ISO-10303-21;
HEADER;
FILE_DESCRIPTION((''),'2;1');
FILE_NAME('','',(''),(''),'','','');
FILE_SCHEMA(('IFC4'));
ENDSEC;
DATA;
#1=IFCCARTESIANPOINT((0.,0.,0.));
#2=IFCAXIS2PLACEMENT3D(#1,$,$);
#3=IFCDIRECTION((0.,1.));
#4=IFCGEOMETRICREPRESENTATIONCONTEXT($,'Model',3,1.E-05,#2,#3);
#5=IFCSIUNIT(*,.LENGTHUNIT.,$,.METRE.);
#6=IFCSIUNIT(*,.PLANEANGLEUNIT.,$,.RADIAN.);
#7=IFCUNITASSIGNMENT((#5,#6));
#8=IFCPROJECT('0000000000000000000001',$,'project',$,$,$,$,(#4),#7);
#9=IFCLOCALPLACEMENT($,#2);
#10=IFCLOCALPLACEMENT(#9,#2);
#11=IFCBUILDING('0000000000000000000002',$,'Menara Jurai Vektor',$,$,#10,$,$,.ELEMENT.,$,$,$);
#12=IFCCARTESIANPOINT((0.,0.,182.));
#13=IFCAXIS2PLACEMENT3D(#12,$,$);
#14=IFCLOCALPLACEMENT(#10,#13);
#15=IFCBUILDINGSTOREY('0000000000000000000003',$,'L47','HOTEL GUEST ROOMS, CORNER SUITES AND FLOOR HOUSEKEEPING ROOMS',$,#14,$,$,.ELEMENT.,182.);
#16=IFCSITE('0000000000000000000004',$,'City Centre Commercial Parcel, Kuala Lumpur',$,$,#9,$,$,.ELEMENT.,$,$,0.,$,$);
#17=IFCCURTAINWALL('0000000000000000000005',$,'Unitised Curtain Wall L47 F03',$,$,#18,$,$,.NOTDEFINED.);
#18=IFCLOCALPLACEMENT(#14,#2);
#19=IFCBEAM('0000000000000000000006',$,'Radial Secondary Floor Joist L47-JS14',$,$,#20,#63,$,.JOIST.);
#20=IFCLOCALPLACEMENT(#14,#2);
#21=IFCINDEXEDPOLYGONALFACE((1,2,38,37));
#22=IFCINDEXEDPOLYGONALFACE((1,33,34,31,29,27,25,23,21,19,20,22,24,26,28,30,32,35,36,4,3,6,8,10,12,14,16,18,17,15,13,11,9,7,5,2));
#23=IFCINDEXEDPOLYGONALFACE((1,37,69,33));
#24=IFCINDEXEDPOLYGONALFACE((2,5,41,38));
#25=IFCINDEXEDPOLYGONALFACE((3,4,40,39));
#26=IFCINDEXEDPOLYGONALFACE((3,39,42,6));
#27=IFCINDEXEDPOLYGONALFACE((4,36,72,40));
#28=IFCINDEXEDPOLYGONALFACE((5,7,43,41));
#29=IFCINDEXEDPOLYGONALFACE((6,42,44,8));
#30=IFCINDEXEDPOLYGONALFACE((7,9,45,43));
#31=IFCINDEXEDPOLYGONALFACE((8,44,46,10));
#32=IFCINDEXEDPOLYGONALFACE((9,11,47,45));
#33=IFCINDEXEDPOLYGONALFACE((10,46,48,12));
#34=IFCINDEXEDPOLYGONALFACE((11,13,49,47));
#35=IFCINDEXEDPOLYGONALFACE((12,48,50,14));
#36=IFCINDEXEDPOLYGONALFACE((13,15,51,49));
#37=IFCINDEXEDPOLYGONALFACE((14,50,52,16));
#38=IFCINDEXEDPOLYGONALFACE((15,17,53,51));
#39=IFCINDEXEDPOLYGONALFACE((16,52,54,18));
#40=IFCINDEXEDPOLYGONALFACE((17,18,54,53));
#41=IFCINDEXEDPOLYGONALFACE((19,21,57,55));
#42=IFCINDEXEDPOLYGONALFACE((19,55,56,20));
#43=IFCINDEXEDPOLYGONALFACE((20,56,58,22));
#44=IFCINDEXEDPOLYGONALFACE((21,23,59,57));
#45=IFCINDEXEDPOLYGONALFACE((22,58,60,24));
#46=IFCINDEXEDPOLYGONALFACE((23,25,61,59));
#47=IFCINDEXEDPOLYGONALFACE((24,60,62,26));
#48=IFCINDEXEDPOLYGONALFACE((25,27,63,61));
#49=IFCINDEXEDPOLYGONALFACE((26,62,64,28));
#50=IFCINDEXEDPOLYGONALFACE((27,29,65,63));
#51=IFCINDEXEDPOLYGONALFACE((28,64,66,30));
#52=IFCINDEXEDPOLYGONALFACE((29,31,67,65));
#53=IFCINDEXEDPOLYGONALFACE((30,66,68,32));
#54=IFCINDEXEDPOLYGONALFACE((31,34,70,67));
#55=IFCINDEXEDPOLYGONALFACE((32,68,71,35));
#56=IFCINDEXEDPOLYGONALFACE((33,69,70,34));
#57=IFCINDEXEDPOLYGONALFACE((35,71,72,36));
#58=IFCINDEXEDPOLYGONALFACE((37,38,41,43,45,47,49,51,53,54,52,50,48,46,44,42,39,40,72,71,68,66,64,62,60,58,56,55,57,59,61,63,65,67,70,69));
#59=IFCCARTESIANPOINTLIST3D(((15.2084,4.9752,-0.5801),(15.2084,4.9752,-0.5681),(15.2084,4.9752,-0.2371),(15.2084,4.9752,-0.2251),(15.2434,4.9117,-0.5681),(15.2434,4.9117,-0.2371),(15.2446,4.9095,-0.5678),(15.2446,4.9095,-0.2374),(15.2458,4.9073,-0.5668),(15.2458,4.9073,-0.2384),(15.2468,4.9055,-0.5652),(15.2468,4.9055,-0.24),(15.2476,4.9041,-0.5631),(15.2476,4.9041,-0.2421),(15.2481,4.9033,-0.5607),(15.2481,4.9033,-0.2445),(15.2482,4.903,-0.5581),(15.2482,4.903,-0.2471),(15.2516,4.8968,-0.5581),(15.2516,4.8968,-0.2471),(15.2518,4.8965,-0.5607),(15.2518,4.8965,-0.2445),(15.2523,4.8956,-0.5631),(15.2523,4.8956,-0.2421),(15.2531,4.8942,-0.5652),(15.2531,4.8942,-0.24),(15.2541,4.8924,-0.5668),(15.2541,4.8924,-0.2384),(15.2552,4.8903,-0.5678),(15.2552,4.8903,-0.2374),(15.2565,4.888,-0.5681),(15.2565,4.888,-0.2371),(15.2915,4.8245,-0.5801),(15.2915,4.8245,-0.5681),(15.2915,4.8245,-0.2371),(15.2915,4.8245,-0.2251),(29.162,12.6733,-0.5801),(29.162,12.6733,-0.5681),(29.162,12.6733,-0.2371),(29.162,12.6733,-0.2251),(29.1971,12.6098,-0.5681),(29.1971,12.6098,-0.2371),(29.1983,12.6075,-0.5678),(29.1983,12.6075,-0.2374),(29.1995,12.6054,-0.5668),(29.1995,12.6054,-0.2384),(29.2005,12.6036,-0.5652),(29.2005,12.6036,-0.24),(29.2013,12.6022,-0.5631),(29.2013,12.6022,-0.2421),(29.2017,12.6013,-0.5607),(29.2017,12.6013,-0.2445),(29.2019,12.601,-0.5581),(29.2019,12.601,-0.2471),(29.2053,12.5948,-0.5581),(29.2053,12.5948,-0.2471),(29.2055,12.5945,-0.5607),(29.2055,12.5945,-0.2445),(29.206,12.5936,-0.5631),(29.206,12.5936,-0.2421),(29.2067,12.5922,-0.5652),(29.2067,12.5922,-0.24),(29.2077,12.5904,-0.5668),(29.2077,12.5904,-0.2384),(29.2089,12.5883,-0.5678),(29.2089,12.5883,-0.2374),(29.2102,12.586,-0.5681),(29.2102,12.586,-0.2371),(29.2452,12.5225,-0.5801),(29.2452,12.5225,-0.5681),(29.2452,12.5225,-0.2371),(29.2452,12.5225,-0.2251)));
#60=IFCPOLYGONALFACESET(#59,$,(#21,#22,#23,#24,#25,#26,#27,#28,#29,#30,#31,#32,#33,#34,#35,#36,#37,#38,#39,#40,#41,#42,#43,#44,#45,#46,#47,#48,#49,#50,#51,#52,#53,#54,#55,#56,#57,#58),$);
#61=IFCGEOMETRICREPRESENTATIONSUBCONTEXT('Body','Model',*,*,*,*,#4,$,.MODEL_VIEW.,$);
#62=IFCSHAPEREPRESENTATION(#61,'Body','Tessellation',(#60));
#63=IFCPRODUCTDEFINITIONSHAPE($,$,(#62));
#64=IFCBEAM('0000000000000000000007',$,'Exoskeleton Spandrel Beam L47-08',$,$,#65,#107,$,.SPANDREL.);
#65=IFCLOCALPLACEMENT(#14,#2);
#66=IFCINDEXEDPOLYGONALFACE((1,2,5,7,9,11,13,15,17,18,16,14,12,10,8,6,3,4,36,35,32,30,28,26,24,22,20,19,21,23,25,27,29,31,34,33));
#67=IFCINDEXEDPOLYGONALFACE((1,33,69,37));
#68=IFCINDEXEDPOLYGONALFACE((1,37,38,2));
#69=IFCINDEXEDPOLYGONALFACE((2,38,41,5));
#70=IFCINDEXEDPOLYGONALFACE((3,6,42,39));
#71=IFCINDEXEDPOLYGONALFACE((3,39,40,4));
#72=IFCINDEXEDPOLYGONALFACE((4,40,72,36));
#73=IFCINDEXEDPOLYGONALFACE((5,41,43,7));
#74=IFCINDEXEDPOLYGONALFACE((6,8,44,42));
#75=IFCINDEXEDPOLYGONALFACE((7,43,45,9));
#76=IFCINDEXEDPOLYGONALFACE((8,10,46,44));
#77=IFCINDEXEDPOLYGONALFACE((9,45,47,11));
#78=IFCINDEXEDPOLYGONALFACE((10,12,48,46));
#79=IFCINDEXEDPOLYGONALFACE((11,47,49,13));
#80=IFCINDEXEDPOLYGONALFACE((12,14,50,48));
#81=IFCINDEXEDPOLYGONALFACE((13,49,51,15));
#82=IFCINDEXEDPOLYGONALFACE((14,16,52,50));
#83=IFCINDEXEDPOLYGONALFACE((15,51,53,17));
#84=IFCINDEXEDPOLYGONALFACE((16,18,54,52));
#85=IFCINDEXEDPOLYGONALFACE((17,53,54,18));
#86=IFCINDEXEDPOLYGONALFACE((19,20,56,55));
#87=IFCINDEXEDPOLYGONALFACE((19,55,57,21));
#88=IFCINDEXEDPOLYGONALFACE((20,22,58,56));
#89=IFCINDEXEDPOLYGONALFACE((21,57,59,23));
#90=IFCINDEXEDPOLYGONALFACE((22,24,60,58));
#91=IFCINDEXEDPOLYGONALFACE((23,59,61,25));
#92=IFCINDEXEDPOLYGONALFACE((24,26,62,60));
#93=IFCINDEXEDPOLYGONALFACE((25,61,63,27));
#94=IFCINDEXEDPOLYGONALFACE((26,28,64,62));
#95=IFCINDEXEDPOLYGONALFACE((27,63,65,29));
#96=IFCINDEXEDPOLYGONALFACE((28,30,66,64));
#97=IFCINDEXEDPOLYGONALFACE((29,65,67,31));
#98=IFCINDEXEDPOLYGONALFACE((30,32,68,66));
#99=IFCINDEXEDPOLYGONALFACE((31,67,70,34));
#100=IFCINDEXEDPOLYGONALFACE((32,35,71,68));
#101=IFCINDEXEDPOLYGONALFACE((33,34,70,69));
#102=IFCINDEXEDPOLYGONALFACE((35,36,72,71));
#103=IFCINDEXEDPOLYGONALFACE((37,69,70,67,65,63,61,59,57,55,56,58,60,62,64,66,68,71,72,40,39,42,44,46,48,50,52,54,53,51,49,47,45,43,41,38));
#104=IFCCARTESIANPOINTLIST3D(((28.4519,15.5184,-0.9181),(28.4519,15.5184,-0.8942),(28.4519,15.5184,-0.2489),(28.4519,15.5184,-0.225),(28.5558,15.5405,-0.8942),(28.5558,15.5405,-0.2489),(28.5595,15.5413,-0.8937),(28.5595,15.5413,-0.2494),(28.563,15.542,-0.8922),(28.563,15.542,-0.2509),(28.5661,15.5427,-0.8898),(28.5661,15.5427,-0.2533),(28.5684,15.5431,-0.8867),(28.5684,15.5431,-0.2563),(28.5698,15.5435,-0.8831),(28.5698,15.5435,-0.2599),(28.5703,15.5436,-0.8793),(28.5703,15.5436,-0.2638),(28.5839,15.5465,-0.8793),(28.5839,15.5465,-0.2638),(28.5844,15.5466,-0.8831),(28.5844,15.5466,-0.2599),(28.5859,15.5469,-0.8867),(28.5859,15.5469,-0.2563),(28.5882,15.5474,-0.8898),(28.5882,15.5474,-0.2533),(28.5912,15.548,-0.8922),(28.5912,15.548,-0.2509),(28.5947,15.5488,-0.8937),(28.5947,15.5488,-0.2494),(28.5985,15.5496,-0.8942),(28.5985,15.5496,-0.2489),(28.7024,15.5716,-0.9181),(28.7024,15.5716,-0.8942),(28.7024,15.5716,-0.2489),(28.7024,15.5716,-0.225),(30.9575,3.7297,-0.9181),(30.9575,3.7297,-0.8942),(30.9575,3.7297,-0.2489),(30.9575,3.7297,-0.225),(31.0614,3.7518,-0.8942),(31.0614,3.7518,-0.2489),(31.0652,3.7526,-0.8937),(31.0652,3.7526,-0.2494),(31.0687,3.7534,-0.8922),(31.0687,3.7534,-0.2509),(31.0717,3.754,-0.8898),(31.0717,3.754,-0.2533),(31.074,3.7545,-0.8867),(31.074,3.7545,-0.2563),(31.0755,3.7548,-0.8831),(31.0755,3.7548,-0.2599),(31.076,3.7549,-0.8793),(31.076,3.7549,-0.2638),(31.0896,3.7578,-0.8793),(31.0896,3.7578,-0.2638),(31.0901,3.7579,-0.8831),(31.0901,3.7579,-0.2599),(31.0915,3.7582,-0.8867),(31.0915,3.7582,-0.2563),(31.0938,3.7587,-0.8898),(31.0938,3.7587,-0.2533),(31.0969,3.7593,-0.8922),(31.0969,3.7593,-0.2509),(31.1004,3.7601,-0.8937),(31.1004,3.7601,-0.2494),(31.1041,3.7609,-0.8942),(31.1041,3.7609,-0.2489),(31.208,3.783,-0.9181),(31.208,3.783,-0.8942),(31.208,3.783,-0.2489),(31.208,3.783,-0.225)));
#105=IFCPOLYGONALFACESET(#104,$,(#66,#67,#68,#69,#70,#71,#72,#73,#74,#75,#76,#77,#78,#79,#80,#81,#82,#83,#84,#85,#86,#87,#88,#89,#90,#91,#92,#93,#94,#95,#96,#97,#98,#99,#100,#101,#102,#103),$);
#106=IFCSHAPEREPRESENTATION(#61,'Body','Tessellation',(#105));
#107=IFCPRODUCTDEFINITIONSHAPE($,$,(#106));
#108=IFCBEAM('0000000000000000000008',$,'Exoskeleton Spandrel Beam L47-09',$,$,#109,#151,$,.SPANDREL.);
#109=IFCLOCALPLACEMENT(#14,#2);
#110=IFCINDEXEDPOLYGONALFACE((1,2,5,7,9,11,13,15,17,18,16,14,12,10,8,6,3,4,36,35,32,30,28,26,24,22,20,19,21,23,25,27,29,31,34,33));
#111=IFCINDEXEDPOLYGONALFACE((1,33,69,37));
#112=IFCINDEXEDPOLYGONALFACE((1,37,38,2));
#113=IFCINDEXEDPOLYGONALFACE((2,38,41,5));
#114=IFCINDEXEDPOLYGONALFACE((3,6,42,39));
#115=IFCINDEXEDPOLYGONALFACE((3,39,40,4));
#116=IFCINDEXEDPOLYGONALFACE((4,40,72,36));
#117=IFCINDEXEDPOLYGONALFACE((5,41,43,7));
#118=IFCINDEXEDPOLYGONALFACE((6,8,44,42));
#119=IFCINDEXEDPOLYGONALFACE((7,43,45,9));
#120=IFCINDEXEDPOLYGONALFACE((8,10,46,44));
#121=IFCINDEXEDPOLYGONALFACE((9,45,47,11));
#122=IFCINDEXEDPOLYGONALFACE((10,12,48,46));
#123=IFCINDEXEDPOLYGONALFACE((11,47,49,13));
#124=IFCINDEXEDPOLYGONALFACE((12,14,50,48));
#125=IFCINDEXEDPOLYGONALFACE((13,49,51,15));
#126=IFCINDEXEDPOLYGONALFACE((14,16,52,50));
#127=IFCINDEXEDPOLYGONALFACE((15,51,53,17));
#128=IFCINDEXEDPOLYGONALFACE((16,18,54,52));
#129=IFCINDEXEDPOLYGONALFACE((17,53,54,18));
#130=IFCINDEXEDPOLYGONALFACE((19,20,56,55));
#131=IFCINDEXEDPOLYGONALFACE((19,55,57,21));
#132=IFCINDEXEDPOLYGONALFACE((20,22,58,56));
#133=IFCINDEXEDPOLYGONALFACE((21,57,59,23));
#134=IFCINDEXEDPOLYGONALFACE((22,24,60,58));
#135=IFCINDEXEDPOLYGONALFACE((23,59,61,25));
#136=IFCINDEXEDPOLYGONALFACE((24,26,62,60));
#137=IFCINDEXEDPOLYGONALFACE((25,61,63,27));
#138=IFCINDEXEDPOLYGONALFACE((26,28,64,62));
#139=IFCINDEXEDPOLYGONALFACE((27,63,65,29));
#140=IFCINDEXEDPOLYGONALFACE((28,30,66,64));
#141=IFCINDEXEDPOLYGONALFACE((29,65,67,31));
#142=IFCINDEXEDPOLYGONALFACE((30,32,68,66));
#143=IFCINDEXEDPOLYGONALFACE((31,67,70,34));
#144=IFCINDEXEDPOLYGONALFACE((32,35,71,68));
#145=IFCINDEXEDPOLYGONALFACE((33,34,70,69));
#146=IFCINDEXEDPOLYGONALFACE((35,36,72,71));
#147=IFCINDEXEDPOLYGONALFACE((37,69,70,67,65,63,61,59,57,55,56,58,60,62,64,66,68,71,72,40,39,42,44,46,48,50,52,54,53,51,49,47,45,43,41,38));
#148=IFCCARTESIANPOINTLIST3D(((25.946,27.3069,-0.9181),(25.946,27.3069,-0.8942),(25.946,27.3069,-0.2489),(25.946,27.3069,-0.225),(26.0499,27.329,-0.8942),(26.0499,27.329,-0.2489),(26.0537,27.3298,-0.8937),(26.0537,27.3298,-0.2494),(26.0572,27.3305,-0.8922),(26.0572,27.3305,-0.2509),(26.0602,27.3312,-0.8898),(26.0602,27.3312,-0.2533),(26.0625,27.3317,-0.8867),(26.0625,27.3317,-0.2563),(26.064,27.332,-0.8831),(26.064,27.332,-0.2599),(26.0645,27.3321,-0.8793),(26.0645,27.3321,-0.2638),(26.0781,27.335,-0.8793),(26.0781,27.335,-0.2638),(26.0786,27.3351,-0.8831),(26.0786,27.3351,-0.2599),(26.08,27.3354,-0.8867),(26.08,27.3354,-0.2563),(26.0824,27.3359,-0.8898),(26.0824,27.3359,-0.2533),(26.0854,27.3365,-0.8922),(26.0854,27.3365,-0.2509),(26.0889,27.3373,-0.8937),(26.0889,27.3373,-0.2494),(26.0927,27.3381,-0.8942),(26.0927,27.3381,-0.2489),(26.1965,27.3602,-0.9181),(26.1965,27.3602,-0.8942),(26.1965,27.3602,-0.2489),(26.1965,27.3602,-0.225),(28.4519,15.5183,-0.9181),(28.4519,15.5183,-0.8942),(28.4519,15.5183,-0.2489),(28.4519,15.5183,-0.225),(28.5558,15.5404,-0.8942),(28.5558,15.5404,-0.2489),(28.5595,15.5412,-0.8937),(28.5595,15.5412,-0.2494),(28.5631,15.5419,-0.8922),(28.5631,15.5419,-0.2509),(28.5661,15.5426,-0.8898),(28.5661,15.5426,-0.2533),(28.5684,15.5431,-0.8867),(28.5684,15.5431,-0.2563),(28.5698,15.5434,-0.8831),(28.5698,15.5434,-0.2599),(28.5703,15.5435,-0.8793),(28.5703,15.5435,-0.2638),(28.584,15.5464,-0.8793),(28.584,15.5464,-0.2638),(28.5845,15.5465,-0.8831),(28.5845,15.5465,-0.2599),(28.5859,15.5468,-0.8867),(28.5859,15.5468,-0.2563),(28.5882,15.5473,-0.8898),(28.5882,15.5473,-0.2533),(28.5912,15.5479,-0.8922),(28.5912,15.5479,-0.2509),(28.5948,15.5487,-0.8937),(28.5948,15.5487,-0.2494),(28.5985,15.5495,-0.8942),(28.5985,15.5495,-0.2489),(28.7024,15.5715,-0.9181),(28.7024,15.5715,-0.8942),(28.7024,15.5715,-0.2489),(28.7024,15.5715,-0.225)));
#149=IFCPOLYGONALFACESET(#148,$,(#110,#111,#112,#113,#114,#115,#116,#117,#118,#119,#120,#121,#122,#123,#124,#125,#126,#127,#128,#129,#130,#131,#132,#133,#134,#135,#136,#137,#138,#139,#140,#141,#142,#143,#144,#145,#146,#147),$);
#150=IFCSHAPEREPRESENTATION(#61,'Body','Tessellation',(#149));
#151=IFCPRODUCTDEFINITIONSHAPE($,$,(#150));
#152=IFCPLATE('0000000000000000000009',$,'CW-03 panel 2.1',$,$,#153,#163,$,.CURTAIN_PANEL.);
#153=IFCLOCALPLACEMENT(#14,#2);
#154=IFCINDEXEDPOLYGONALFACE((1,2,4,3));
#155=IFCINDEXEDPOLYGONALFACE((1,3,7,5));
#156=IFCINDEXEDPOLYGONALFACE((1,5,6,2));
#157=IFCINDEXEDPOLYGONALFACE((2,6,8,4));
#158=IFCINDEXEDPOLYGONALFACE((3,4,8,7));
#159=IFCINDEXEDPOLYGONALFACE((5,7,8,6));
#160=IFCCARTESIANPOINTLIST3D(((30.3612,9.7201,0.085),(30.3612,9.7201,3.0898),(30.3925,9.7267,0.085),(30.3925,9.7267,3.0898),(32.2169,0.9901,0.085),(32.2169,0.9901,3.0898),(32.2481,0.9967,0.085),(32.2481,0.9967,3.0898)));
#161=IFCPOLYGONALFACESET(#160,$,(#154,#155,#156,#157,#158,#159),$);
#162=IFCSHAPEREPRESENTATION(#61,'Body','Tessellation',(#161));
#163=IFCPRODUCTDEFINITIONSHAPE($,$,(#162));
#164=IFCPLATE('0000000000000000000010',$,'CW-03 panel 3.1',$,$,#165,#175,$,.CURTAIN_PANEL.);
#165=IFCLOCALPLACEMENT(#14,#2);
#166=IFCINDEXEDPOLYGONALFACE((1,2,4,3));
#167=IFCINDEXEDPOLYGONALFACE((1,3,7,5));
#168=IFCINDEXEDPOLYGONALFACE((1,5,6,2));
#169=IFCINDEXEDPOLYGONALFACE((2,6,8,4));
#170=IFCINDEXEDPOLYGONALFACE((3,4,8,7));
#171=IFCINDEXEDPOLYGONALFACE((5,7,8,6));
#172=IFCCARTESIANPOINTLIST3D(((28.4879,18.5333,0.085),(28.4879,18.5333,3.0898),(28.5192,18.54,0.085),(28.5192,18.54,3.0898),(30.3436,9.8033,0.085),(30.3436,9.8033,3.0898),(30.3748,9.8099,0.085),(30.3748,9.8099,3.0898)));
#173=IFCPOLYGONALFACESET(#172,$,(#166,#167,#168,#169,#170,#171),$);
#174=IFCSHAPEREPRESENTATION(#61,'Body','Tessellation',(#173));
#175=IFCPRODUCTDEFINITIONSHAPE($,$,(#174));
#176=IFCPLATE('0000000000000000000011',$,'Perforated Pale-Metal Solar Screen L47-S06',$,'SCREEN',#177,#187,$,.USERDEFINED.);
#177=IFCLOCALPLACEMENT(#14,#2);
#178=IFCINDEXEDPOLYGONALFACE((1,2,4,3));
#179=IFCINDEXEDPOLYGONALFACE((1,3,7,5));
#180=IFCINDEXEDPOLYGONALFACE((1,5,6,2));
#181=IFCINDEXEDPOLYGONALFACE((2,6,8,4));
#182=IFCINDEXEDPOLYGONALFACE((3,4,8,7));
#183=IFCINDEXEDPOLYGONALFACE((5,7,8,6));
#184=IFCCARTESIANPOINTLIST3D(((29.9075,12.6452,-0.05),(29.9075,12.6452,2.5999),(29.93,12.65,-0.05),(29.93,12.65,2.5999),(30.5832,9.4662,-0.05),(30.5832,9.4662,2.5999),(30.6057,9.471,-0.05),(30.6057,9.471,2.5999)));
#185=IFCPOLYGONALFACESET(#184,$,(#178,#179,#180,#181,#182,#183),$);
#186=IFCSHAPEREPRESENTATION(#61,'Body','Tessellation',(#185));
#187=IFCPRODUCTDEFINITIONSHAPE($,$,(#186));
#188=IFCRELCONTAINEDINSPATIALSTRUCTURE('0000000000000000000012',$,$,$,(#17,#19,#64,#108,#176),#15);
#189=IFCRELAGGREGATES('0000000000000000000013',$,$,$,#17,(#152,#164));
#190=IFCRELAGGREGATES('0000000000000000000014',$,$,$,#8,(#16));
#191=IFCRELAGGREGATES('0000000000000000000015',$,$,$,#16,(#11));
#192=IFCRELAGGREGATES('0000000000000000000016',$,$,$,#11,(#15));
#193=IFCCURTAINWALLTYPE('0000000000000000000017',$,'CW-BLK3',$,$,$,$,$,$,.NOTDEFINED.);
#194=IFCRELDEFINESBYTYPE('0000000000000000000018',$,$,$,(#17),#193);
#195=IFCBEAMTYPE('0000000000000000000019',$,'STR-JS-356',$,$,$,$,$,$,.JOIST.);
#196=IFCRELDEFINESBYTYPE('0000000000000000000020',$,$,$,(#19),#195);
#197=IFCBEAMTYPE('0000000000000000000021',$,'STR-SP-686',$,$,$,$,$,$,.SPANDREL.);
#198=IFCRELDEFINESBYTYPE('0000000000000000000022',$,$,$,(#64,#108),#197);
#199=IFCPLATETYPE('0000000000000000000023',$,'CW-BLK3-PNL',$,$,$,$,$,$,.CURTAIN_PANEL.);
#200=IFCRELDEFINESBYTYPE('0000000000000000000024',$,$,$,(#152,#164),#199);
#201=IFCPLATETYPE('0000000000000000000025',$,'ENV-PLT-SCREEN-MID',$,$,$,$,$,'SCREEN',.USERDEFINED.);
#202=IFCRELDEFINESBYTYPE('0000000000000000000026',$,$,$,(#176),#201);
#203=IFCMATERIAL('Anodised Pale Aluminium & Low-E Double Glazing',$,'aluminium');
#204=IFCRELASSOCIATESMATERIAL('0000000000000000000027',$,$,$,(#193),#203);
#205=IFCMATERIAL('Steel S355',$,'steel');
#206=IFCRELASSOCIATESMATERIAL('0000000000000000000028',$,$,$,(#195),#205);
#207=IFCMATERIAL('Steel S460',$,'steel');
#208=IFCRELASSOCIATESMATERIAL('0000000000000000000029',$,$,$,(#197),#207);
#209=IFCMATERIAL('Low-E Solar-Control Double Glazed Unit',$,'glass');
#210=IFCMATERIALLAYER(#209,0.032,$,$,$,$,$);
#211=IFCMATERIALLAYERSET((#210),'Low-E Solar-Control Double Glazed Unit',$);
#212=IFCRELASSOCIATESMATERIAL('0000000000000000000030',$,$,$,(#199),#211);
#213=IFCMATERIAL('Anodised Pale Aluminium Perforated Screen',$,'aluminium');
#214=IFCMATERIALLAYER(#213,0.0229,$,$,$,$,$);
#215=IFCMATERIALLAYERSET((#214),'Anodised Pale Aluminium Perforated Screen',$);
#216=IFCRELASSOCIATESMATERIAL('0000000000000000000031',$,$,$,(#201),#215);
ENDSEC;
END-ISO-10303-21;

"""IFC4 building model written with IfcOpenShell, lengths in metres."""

from ifc_helpers import new_model, si_unit, direction, frame, origin, origin_2d, place, context, subcontext, project, spatial, rectangle, i_section, extrude, material, layer, layer_set, material_profile, profile_set, type_object, element, aggregate, save


model = new_model("IFC4")

# Units and contexts
model_context = context("Model", 3, precision=1e-05, world=origin(), true_north=direction((0.0, 1.0)))
body_context = subcontext(model_context, "Body", "Model", "MODEL_VIEW")
ifc_project = project(units=[si_unit("LENGTHUNIT", "METRE"), si_unit("PLANEANGLEUNIT", "RADIAN")], contexts=[model_context])

# Site, building, storey
site_placement = place(None, origin())
site = spatial("IfcSite", under=ifc_project, at=site_placement, Name="City Centre Commercial Parcel, Kuala Lumpur", CompositionType="ELEMENT", RefElevation=0.0)
building_placement = place(site_placement, origin())
building = spatial("IfcBuilding", under=site, at=building_placement, Name="Menara Jurai Vektor", CompositionType="ELEMENT")
storey_placement = place(building_placement, frame((0.0, 0.0, 182.0)))
storey = spatial("IfcBuildingStorey", under=building, at=storey_placement, Name="L47", Description="HOTEL GUEST ROOMS, CORNER SUITES AND FLOOR HOUSEKEEPING ROOMS", CompositionType="ELEMENT", Elevation=182.0)

# Shared definitions
ifc_material_1 = material(Name="Steel S460", Category="steel")

# Curtain wall
ifc_material_2 = material(Name="Anodised Pale Aluminium & Low-E Double Glazing", Category="aluminium")
curtain_wall_type = type_object("IfcCurtainWallType", Name="CW-BLK3", PredefinedType="NOTDEFINED", material=ifc_material_2)
curtain_wall_placement = place(storey_placement, origin())
curtain_wall = element("IfcCurtainWall", 1, at=curtain_wall_placement, inside=storey, type_object=curtain_wall_type, Name="Unitised Curtain Wall L47 F03", PredefinedType="NOTDEFINED")

# Beams
ifc_material_3 = material(Name="Steel S355", Category="steel")
ifc_material_profile_1 = material_profile(ifc_material_3, i_section(OverallWidth=0.1721, OverallDepth=0.355, WebThickness=0.0071, FlangeThickness=0.012, FilletRadius=0.01, at=origin_2d()), Name="UKB 356x171x51")
ifc_profile_set_1 = profile_set([ifc_material_profile_1], Name="Steel S355")
beam_type_1 = type_object("IfcBeamType", Name="STR-JS-356", PredefinedType="JOIST", material=ifc_profile_set_1)
beam_1_placement = place(storey_placement, frame((29.2036, 12.5979, -0.4026), z_axis=(-0.875592, -0.483051, 0.0), x_axis=(0.483051, -0.875592, 0.0)))
element("IfcBeam", 2, at=beam_1_placement, inside=storey, type_object=beam_type_1, Name="Radial Secondary Floor Joist L47-JS14", PredefinedType="JOIST", context=body_context, shape_type="SweptSolid", body=[
    extrude(i_section(OverallWidth=0.1721, OverallDepth=0.355, WebThickness=0.0071, FlangeThickness=0.012, FilletRadius=0.01, at=origin_2d()), origin(), (0.0, 0.0, 1.0), 15.9363),
])
ifc_material_profile_2 = material_profile(ifc_material_1, i_section(OverallWidth=0.2561, OverallDepth=0.6931, WebThickness=0.0139, FlangeThickness=0.0239, FilletRadius=0.0149, at=origin_2d()), Name="UKB 686x254x170")
ifc_profile_set_2 = profile_set([ifc_material_profile_2], Name="Steel S460")
beam_type_2 = type_object("IfcBeamType", Name="STR-SP-686", PredefinedType="SPANDREL", material=ifc_profile_set_2)
for number, where, z_axis, x_axis, name in (
    (3, (31.0828, 3.7563, -0.5715), (-0.207902, 0.97815, 0.0), (-0.97815, -0.207902, 0.0), "Exoskeleton Spandrel Beam L47-08"),
    (4, (28.5771, 15.5449, -0.5715), (-0.207921, 0.978146, 0.0), (-0.978146, -0.207921, 0.0), "Exoskeleton Spandrel Beam L47-09"),
):
    element("IfcBeam", number, at=place(storey_placement, frame(where, z_axis=z_axis, x_axis=x_axis)), inside=storey, type_object=beam_type_2, Name=name, PredefinedType="SPANDREL", context=body_context, shape_type="SweptSolid", body=[
        extrude(i_section(OverallWidth=0.2561, OverallDepth=0.6931, WebThickness=0.0139, FlangeThickness=0.0239, FilletRadius=0.0149, at=origin_2d()), origin(), (0.0, 0.0, 1.0), 12.052),
    ])

# Plates
ifc_material_4 = material(Name="Low-E Solar-Control Double Glazed Unit", Category="glass")
ifc_layer_1 = layer(ifc_material_4, 0.032)
ifc_layer_set_1 = layer_set([ifc_layer_1], Name="Low-E Solar-Control Double Glazed Unit")
plate_type_1 = type_object("IfcPlateType", Name="CW-BLK3-PNL", PredefinedType="CURTAIN_PANEL", material=ifc_layer_set_1)
plate_1_placement = place(storey_placement, frame((31.3047, 5.3584, 0.085), z_axis=(0.0, 0.0, 1.0), x_axis=(-0.20791, 0.978148, 0.0)))
plate_1 = element("IfcPlate", 5, at=plate_1_placement, type_object=plate_type_1, Name="CW-03 panel 2.1", PredefinedType="CURTAIN_PANEL", context=body_context, shape_type="SweptSolid", body=[
    extrude(rectangle(XDim=8.925, YDim=0.032, at=origin_2d()), origin(), (0.0, 0.0, 1.0), 3.0049),
])
plate_2_placement = place(storey_placement, frame((29.4314, 14.1716, 0.085), z_axis=(0.0, 0.0, 1.0), x_axis=(-0.20791, 0.978148, 0.0)))
plate_2 = element("IfcPlate", 6, at=plate_2_placement, type_object=plate_type_1, Name="CW-03 panel 3.1", PredefinedType="CURTAIN_PANEL", context=body_context, shape_type="SweptSolid", body=[
    extrude(rectangle(XDim=8.925, YDim=0.032, at=origin_2d()), origin(), (0.0, 0.0, 1.0), 3.0049),
])
aggregate(curtain_wall, [plate_1, plate_2])
ifc_material_5 = material(Name="Anodised Pale Aluminium Perforated Screen", Category="aluminium")
ifc_layer_2 = layer(ifc_material_5, 0.0229)
ifc_layer_set_2 = layer_set([ifc_layer_2], Name="Anodised Pale Aluminium Perforated Screen")
plate_type_2 = type_object("IfcPlateType", Name="ENV-PLT-SCREEN-MID", ElementType="SCREEN", PredefinedType="USERDEFINED", material=ifc_layer_set_2)
plate_3_placement = place(storey_placement, frame((30.2566, 11.0581, -0.05), z_axis=(0.0, 0.0, 1.0), x_axis=(-0.207912, 0.978148, 0.0)))
element("IfcPlate", 7, at=plate_3_placement, inside=storey, type_object=plate_type_2, Name="Perforated Pale-Metal Solar Screen L47-S06", ObjectType="SCREEN", PredefinedType="USERDEFINED", context=body_context, shape_type="SweptSolid", body=[
    extrude(rectangle(XDim=3.25, YDim=0.0229, at=origin_2d()), origin(), (0.0, 0.0, 1.0), 2.6499),
])

save(model, "model.ifc")
